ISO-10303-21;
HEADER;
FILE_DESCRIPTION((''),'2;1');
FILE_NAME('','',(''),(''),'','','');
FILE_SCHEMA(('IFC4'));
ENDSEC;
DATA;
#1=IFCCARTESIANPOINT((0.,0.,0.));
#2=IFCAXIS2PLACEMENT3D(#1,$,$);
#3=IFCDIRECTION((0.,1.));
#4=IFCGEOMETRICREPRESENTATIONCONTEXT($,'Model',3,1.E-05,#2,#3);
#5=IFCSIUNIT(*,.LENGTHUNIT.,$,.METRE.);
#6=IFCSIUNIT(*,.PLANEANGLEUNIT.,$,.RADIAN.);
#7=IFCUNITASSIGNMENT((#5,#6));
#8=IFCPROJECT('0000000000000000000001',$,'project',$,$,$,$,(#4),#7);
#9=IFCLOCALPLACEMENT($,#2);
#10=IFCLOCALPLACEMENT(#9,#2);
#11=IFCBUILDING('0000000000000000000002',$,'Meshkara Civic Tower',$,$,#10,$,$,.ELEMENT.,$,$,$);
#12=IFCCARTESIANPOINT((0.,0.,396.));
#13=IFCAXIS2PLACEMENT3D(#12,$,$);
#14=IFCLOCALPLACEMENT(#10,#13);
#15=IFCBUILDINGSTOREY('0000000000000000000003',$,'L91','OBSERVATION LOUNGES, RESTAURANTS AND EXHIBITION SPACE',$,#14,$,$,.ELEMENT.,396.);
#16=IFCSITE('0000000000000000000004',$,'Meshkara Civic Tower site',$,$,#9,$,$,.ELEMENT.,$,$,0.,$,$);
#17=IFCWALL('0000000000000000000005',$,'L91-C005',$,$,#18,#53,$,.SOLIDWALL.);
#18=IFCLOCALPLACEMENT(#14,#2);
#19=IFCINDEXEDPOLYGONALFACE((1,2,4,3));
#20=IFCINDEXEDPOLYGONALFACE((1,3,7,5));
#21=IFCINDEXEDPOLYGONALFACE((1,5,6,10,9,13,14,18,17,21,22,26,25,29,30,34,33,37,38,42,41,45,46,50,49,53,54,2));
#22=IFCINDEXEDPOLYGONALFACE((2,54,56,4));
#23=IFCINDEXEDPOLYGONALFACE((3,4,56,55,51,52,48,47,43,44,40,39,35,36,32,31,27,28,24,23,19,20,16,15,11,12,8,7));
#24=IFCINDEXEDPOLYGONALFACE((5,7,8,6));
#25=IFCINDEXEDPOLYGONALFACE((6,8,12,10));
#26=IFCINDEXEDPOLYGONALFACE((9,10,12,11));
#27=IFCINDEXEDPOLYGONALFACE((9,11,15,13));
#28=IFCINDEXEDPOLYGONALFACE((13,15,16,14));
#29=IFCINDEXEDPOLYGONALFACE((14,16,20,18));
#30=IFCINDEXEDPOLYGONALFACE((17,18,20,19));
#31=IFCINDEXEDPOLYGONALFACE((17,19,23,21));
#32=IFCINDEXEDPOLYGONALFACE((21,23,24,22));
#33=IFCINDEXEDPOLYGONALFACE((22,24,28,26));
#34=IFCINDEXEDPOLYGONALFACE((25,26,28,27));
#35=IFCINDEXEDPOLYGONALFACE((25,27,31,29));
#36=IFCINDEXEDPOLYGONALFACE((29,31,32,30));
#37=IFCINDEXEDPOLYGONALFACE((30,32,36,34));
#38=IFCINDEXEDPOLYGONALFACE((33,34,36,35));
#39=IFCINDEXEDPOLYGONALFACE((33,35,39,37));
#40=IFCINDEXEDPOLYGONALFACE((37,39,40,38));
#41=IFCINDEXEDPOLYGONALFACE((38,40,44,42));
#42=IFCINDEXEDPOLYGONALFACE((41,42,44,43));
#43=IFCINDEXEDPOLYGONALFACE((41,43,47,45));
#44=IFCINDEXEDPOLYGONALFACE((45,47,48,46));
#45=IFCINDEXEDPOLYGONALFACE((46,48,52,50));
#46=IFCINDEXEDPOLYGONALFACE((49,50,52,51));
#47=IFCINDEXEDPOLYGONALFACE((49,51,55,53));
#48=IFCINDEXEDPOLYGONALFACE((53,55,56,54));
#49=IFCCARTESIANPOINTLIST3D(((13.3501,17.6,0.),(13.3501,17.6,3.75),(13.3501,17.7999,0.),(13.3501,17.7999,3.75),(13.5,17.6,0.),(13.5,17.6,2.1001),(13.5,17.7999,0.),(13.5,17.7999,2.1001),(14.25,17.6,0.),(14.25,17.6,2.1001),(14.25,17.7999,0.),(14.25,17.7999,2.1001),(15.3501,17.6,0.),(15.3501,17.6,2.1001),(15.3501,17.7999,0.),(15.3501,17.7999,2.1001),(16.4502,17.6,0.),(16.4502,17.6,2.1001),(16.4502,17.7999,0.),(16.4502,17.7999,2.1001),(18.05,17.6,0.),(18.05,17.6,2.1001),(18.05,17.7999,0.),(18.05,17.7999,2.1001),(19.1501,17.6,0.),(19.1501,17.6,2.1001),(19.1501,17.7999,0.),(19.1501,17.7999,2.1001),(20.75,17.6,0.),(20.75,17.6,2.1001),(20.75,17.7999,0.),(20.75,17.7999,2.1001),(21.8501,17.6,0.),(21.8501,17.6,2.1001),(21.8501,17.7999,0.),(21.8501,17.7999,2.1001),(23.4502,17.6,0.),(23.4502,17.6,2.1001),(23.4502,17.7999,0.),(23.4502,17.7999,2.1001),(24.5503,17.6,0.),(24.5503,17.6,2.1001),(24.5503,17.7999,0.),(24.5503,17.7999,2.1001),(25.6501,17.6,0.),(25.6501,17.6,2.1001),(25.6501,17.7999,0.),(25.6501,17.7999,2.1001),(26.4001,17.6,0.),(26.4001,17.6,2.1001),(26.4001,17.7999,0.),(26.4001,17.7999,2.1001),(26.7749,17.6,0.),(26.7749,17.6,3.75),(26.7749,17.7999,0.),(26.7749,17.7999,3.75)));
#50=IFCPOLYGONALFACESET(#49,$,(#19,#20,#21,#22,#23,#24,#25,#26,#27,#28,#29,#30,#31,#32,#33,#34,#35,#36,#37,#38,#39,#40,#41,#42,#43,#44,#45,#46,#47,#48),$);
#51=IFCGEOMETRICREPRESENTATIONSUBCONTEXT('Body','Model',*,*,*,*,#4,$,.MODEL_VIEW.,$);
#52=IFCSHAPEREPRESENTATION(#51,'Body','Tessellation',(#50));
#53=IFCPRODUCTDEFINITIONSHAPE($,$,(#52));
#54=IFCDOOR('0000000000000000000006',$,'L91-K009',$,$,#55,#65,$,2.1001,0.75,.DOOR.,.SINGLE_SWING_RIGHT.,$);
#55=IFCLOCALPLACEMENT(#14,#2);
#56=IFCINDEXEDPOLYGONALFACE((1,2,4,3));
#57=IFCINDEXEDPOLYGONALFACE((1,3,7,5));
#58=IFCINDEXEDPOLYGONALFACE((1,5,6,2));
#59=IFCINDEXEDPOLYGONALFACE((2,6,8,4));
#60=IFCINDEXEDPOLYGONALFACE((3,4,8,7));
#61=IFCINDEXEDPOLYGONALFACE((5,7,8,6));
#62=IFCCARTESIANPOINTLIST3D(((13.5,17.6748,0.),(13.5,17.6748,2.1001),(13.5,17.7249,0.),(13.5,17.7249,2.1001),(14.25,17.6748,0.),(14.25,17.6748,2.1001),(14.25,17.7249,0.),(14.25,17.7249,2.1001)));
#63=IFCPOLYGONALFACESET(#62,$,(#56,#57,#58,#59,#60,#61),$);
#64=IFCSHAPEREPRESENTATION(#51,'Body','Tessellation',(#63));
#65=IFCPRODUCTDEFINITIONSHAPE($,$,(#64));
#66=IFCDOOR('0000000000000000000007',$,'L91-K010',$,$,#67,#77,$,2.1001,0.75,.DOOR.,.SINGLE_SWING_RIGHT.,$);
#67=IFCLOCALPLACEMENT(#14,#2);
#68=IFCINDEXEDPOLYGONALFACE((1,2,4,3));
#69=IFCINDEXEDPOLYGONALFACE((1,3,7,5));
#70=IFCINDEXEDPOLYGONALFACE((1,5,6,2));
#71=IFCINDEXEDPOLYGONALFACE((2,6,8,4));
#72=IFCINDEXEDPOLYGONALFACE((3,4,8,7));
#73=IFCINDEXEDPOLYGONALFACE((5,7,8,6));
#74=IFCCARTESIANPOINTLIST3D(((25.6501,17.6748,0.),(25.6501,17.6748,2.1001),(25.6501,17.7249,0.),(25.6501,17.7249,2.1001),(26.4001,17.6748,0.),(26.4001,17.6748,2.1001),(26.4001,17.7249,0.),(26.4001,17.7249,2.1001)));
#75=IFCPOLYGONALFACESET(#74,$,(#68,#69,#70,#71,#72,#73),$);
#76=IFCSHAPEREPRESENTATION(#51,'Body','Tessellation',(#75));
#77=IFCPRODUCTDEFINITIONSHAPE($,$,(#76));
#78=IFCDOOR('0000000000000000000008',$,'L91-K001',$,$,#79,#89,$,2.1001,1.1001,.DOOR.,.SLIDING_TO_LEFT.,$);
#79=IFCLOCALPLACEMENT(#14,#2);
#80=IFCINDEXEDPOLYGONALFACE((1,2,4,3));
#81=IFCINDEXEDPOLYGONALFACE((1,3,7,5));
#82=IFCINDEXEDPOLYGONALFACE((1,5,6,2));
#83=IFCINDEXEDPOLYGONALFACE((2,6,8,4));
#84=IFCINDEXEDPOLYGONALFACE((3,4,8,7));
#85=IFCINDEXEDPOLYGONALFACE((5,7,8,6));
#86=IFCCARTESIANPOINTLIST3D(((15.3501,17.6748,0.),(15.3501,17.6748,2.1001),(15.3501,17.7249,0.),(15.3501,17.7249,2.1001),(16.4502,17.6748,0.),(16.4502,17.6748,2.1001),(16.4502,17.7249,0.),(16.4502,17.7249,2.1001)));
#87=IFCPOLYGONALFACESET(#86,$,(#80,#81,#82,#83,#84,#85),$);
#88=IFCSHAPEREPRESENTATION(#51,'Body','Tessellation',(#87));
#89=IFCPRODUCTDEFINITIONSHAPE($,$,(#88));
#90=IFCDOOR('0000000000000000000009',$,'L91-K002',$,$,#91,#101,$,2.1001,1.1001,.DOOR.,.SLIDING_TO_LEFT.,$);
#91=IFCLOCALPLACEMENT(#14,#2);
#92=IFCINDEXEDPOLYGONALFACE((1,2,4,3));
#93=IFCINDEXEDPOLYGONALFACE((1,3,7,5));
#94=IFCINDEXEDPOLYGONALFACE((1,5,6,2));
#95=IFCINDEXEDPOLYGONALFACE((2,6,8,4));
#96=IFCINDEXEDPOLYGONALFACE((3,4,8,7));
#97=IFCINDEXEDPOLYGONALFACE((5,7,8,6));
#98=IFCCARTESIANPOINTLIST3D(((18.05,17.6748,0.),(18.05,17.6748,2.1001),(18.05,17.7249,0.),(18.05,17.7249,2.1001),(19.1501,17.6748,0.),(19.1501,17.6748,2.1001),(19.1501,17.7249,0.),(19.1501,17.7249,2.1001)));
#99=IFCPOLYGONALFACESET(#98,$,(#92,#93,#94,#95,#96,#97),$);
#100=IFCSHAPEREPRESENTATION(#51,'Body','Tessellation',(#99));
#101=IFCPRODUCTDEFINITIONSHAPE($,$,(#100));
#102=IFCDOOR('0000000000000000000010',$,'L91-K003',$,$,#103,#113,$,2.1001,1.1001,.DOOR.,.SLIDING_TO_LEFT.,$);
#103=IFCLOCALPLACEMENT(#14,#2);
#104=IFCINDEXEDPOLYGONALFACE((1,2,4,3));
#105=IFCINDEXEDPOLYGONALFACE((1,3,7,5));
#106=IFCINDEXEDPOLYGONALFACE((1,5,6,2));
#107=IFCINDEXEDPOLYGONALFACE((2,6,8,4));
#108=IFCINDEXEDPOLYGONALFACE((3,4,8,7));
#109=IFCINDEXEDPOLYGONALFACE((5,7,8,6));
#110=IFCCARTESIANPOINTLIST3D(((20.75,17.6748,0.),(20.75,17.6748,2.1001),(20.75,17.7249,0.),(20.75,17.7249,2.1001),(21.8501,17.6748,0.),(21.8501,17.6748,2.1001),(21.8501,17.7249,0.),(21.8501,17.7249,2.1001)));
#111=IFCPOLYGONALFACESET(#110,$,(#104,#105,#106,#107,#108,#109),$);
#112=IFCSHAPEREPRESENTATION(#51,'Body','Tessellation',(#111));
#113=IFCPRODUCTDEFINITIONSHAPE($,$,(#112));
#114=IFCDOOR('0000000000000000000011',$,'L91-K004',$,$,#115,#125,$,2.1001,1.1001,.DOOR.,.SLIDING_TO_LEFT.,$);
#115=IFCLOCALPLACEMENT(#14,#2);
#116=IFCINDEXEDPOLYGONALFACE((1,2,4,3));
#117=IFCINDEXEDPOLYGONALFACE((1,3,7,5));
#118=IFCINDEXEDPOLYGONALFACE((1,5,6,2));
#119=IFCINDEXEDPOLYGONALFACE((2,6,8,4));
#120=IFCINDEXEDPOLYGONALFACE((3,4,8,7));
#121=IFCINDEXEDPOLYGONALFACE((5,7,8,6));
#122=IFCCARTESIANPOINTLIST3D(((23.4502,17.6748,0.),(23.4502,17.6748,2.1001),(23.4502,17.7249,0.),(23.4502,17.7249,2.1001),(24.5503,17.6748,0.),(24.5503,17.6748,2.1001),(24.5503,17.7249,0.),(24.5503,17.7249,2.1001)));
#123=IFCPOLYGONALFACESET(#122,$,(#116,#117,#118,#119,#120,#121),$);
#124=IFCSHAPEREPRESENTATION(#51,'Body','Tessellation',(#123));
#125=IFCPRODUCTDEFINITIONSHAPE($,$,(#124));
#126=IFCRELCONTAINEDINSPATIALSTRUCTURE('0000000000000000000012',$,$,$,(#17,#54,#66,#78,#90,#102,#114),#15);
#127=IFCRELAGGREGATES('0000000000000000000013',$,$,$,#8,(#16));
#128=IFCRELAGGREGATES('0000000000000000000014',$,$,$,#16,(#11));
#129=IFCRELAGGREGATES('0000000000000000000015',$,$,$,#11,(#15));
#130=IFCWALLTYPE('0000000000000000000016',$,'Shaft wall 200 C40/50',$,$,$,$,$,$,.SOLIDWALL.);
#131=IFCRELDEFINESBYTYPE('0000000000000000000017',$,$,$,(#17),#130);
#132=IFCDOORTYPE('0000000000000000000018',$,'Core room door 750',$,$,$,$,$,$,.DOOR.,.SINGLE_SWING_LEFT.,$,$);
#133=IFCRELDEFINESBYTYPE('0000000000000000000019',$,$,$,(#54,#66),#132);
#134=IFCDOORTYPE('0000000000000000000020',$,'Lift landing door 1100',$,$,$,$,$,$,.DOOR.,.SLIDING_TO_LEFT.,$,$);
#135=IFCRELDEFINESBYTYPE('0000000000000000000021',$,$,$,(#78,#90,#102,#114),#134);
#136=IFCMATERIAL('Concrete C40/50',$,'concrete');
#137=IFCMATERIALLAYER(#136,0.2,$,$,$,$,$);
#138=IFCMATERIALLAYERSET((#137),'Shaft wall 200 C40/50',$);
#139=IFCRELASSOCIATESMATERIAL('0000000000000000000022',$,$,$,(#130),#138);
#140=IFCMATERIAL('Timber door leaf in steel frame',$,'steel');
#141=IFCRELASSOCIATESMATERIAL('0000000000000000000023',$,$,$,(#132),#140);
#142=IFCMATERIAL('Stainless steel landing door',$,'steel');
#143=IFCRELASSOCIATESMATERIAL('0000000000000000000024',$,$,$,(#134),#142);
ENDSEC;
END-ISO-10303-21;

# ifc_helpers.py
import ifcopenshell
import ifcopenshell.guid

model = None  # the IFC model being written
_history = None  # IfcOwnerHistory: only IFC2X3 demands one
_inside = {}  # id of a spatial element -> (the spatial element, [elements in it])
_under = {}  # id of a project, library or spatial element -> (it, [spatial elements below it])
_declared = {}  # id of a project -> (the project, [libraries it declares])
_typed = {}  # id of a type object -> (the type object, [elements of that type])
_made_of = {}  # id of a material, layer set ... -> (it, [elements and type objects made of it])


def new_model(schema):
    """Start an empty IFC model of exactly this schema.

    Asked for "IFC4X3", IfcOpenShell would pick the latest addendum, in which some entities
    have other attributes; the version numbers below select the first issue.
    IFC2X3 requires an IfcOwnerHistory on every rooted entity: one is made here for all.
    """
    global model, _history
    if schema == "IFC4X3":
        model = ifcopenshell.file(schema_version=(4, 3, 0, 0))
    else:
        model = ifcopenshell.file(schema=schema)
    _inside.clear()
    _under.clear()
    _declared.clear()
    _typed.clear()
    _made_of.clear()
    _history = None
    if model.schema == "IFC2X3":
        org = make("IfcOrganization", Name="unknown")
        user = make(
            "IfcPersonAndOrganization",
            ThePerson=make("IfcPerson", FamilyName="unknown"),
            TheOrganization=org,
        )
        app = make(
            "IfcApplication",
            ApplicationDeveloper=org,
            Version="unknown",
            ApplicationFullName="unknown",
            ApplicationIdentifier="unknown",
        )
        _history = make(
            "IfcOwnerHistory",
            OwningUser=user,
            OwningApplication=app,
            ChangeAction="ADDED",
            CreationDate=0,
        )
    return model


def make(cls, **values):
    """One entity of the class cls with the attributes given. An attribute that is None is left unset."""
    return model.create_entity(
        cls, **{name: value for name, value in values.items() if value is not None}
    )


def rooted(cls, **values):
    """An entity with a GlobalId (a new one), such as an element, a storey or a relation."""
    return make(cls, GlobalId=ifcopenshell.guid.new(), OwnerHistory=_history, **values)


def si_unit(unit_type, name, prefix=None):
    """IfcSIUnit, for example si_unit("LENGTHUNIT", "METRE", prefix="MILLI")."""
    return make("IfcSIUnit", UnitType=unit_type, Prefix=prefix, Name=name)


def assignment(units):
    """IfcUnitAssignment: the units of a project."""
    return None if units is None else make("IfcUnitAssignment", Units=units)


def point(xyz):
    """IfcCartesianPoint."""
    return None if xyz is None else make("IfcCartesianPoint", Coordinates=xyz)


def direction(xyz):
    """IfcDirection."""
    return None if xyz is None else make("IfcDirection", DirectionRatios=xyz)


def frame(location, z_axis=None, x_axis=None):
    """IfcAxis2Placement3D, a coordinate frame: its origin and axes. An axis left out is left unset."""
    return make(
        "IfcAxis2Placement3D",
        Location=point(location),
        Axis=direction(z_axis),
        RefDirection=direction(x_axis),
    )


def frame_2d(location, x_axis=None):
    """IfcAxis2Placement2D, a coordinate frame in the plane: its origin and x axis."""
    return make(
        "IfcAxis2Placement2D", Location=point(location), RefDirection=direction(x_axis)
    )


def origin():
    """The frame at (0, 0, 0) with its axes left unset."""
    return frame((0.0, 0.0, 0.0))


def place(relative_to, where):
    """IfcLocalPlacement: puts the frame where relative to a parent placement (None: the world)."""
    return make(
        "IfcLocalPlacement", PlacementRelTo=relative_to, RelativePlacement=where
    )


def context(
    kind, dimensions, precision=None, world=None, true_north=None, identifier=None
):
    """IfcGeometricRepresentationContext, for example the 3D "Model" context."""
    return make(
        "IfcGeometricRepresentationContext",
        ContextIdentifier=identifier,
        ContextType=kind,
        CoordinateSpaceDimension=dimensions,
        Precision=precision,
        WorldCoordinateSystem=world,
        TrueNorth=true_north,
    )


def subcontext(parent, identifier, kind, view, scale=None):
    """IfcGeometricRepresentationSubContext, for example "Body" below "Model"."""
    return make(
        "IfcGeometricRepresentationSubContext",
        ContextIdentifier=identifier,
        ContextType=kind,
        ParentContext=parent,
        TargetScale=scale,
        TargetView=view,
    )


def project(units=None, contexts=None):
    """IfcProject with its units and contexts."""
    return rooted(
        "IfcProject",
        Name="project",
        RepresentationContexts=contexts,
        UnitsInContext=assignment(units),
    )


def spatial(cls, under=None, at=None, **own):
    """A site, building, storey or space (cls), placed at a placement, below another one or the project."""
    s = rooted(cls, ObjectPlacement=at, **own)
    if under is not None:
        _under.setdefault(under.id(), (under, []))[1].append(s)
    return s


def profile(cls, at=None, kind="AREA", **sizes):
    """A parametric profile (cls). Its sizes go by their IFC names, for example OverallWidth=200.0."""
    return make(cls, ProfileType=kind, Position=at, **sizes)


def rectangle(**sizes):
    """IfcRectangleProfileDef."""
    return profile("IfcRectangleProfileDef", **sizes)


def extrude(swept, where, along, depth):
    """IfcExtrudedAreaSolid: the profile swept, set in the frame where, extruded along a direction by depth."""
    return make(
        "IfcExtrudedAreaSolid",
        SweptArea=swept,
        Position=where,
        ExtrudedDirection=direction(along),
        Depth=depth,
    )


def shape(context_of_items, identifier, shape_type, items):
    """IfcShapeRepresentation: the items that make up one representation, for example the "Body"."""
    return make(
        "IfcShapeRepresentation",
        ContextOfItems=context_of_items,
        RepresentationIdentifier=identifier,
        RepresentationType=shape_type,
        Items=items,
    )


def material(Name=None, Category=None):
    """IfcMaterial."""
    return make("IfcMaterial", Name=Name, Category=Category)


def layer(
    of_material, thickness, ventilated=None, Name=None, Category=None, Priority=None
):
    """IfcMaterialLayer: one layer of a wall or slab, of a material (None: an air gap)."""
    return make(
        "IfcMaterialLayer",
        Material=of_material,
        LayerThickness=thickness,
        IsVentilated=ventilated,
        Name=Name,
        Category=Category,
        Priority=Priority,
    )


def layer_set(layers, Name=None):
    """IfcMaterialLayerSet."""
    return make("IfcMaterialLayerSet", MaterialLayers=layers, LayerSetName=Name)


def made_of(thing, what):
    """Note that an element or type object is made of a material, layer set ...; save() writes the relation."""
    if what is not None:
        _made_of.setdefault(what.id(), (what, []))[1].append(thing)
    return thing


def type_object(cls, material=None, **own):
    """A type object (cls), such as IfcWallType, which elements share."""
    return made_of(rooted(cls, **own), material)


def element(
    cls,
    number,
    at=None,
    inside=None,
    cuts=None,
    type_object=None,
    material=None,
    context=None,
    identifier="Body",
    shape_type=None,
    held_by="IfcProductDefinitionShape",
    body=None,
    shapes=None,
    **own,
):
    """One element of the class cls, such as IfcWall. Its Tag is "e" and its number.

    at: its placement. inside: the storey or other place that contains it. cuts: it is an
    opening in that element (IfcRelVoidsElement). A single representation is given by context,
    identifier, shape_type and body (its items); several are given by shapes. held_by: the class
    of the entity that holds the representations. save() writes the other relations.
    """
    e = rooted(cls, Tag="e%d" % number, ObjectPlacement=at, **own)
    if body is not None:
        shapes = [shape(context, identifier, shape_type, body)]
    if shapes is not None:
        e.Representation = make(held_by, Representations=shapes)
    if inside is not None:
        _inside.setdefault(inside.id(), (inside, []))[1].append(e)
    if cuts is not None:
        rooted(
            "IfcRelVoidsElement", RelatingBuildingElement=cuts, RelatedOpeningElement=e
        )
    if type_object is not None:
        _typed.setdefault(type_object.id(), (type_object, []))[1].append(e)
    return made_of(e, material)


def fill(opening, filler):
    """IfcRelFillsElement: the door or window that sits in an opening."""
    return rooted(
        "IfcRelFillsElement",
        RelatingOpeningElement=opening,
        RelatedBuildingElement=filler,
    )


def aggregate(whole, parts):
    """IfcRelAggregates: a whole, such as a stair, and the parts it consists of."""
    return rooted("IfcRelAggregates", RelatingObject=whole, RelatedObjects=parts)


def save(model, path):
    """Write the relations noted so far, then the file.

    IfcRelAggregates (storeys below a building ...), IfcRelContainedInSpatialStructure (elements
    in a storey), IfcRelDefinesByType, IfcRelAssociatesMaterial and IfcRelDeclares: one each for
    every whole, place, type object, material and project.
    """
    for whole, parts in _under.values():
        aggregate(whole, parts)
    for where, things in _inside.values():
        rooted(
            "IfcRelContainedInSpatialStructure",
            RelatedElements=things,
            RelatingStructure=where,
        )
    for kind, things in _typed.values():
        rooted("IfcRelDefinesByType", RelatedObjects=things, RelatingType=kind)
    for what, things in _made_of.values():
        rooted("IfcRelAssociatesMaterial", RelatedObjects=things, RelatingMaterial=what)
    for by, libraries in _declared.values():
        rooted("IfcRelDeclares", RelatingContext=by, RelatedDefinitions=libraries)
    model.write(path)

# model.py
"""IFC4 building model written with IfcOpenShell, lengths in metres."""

from ifc_helpers import new_model, si_unit, direction, frame, frame_2d, origin, place, context, subcontext, project, spatial, rectangle, extrude, material, layer, layer_set, type_object, element, fill, save


model = new_model("IFC4")

# Units and contexts
model_context = context("Model", 3, precision=1e-05, world=origin(), true_north=direction((0.0, 1.0)))
body_context = subcontext(model_context, "Body", "Model", "MODEL_VIEW")
ifc_project = project(units=[si_unit("LENGTHUNIT", "METRE"), si_unit("PLANEANGLEUNIT", "RADIAN")], contexts=[model_context])

# Site, building, storey
site_placement = place(None, origin())
site = spatial("IfcSite", under=ifc_project, at=site_placement, Name="Meshkara Civic Tower site", CompositionType="ELEMENT", RefElevation=0.0)
building_placement = place(site_placement, origin())
building = spatial("IfcBuilding", under=site, at=building_placement, Name="Meshkara Civic Tower", CompositionType="ELEMENT")
storey_placement = place(building_placement, frame((0.0, 0.0, 396.0)))
storey = spatial("IfcBuildingStorey", under=building, at=storey_placement, Name="L91", Description="OBSERVATION LOUNGES, RESTAURANTS AND EXHIBITION SPACE", CompositionType="ELEMENT", Elevation=396.0)

# Wall, openings, doors
ifc_material_1 = material(Name="Concrete C40/50", Category="concrete")
ifc_layer_1 = layer(ifc_material_1, 0.2)
ifc_layer_set_1 = layer_set([ifc_layer_1], Name="Shaft wall 200 C40/50")
wall_type_1 = type_object("IfcWallType", Name="Shaft wall 200 C40/50", PredefinedType="SOLIDWALL", material=ifc_layer_set_1)
wall_1_placement = place(storey_placement, frame((13.3501, 17.7, 0.0), z_axis=(0.0, 0.0, 1.0), x_axis=(1.0, 0.0, 0.0)))
wall_1 = element("IfcWall", 1, at=wall_1_placement, inside=storey, type_object=wall_type_1, Name="L91-C005", PredefinedType="SOLIDWALL", context=body_context, shape_type="SweptSolid", body=[
    extrude(rectangle(XDim=13.4248, YDim=0.2, at=frame_2d((6.7124, 0.0))), origin(), (0.0, 0.0, 1.0), 3.75),
])
opening_1_placement = place(wall_1_placement, frame((2.0, 0.0, 0.0)))
opening_1 = element("IfcOpeningElement", 2, at=opening_1_placement, cuts=wall_1, PredefinedType="OPENING", context=body_context, shape_type="SweptSolid", body=[
    extrude(rectangle(XDim=1.1001, YDim=2.1001, at=frame_2d((0.55, 1.05))), frame((0.0, 0.1099, 0.0), z_axis=(0.0, -1.0, 0.0), x_axis=(1.0, 0.0, 0.0)), (0.0, 0.0, 1.0), 0.22),
])
opening_2_placement = place(wall_1_placement, frame((4.7, 0.0, 0.0)))
opening_2 = element("IfcOpeningElement", 3, at=opening_2_placement, cuts=wall_1, PredefinedType="OPENING", context=body_context, shape_type="SweptSolid", body=[
    extrude(rectangle(XDim=1.1001, YDim=2.1001, at=frame_2d((0.55, 1.05))), frame((0.0, 0.1099, 0.0), z_axis=(0.0, -1.0, 0.0), x_axis=(1.0, 0.0, 0.0)), (0.0, 0.0, 1.0), 0.22),
])
opening_3_placement = place(wall_1_placement, frame((7.3999, 0.0, 0.0)))
opening_3 = element("IfcOpeningElement", 4, at=opening_3_placement, cuts=wall_1, PredefinedType="OPENING", context=body_context, shape_type="SweptSolid", body=[
    extrude(rectangle(XDim=1.1001, YDim=2.1001, at=frame_2d((0.55, 1.05))), frame((0.0, 0.1099, 0.0), z_axis=(0.0, -1.0, 0.0), x_axis=(1.0, 0.0, 0.0)), (0.0, 0.0, 1.0), 0.22),
])
opening_4_placement = place(wall_1_placement, frame((10.1001, 0.0, 0.0)))
opening_4 = element("IfcOpeningElement", 5, at=opening_4_placement, cuts=wall_1, PredefinedType="OPENING", context=body_context, shape_type="SweptSolid", body=[
    extrude(rectangle(XDim=1.1001, YDim=2.1001, at=frame_2d((0.55, 1.05))), frame((0.0, 0.1099, 0.0), z_axis=(0.0, -1.0, 0.0), x_axis=(1.0, 0.0, 0.0)), (0.0, 0.0, 1.0), 0.22),
])
opening_5_placement = place(wall_1_placement, frame((0.1499, 0.0, 0.0)))
opening_5 = element("IfcOpeningElement", 6, at=opening_5_placement, cuts=wall_1, PredefinedType="OPENING", context=body_context, shape_type="SweptSolid", body=[
    extrude(rectangle(XDim=0.75, YDim=2.1001, at=frame_2d((0.375, 1.05))), frame((0.0, 0.1099, 0.0), z_axis=(0.0, -1.0, 0.0), x_axis=(1.0, 0.0, 0.0)), (0.0, 0.0, 1.0), 0.22),
])
opening_6_placement = place(wall_1_placement, frame((12.3, 0.0, 0.0)))
opening_6 = element("IfcOpeningElement", 7, at=opening_6_placement, cuts=wall_1, PredefinedType="OPENING", context=body_context, shape_type="SweptSolid", body=[
    extrude(rectangle(XDim=0.75, YDim=2.1001, at=frame_2d((0.375, 1.05))), frame((0.0, 0.1099, 0.0), z_axis=(0.0, -1.0, 0.0), x_axis=(1.0, 0.0, 0.0)), (0.0, 0.0, 1.0), 0.22),
])
ifc_material_2 = material(Name="Timber door leaf in steel frame", Category="steel")
door_type_1 = type_object("IfcDoorType", Name="Core room door 750", OperationType="SINGLE_SWING_LEFT", PredefinedType="DOOR", material=ifc_material_2)
door_1_placement = place(opening_5_placement, origin())
door_1 = element("IfcDoor", 8, at=door_1_placement, inside=storey, type_object=door_type_1, Name="L91-K009", OperationType="SINGLE_SWING_RIGHT", OverallHeight=2.1001, OverallWidth=0.75, PredefinedType="DOOR", context=body_context, shape_type="SweptSolid", body=[
    extrude(rectangle(XDim=0.75, YDim=2.1001, at=frame_2d((0.375, 1.05))), frame((0.0, 0.0249, 0.0), z_axis=(0.0, -1.0, 0.0), x_axis=(1.0, 0.0, 0.0)), (0.0, 0.0, 1.0), 0.05),
])
fill(opening_5, door_1)
door_2_placement = place(opening_6_placement, origin())
door_2 = element("IfcDoor", 9, at=door_2_placement, inside=storey, type_object=door_type_1, Name="L91-K010", OperationType="SINGLE_SWING_RIGHT", OverallHeight=2.1001, OverallWidth=0.75, PredefinedType="DOOR", context=body_context, shape_type="SweptSolid", body=[
    extrude(rectangle(XDim=0.75, YDim=2.1001, at=frame_2d((0.375, 1.05))), frame((0.0, 0.0249, 0.0), z_axis=(0.0, -1.0, 0.0), x_axis=(1.0, 0.0, 0.0)), (0.0, 0.0, 1.0), 0.05),
])
fill(opening_6, door_2)
ifc_material_3 = material(Name="Stainless steel landing door", Category="steel")
door_type_2 = type_object("IfcDoorType", Name="Lift landing door 1100", OperationType="SLIDING_TO_LEFT", PredefinedType="DOOR", material=ifc_material_3)
door_3_placement = place(opening_1_placement, origin())
door_3 = element("IfcDoor", 10, at=door_3_placement, inside=storey, type_object=door_type_2, Name="L91-K001", OperationType="SLIDING_TO_LEFT", OverallHeight=2.1001, OverallWidth=1.1001, PredefinedType="DOOR", context=body_context, shape_type="SweptSolid", body=[
    extrude(rectangle(XDim=1.1001, YDim=2.1001, at=frame_2d((0.55, 1.05))), frame((0.0, 0.0249, 0.0), z_axis=(0.0, -1.0, 0.0), x_axis=(1.0, 0.0, 0.0)), (0.0, 0.0, 1.0), 0.05),
])
fill(opening_1, door_3)
door_4_placement = place(opening_2_placement, origin())
door_4 = element("IfcDoor", 11, at=door_4_placement, inside=storey, type_object=door_type_2, Name="L91-K002", OperationType="SLIDING_TO_LEFT", OverallHeight=2.1001, OverallWidth=1.1001, PredefinedType="DOOR", context=body_context, shape_type="SweptSolid", body=[
    extrude(rectangle(XDim=1.1001, YDim=2.1001, at=frame_2d((0.55, 1.05))), frame((0.0, 0.0249, 0.0), z_axis=(0.0, -1.0, 0.0), x_axis=(1.0, 0.0, 0.0)), (0.0, 0.0, 1.0), 0.05),
])
fill(opening_2, door_4)
door_5_placement = place(opening_3_placement, origin())
door_5 = element("IfcDoor", 12, at=door_5_placement, inside=storey, type_object=door_type_2, Name="L91-K003", OperationType="SLIDING_TO_LEFT", OverallHeight=2.1001, OverallWidth=1.1001, PredefinedType="DOOR", context=body_context, shape_type="SweptSolid", body=[
    extrude(rectangle(XDim=1.1001, YDim=2.1001, at=frame_2d((0.55, 1.05))), frame((0.0, 0.0249, 0.0), z_axis=(0.0, -1.0, 0.0), x_axis=(1.0, 0.0, 0.0)), (0.0, 0.0, 1.0), 0.05),
])
fill(opening_3, door_5)
door_6_placement = place(opening_4_placement, origin())
door_6 = element("IfcDoor", 13, at=door_6_placement, inside=storey, type_object=door_type_2, Name="L91-K004", OperationType="SLIDING_TO_LEFT", OverallHeight=2.1001, OverallWidth=1.1001, PredefinedType="DOOR", context=body_context, shape_type="SweptSolid", body=[
    extrude(rectangle(XDim=1.1001, YDim=2.1001, at=frame_2d((0.55, 1.05))), frame((0.0, 0.0249, 0.0), z_axis=(0.0, -1.0, 0.0), x_axis=(1.0, 0.0, 0.0)), (0.0, 0.0, 1.0), 0.05),
])
fill(opening_4, door_6)

save(model, "model.ifc")
